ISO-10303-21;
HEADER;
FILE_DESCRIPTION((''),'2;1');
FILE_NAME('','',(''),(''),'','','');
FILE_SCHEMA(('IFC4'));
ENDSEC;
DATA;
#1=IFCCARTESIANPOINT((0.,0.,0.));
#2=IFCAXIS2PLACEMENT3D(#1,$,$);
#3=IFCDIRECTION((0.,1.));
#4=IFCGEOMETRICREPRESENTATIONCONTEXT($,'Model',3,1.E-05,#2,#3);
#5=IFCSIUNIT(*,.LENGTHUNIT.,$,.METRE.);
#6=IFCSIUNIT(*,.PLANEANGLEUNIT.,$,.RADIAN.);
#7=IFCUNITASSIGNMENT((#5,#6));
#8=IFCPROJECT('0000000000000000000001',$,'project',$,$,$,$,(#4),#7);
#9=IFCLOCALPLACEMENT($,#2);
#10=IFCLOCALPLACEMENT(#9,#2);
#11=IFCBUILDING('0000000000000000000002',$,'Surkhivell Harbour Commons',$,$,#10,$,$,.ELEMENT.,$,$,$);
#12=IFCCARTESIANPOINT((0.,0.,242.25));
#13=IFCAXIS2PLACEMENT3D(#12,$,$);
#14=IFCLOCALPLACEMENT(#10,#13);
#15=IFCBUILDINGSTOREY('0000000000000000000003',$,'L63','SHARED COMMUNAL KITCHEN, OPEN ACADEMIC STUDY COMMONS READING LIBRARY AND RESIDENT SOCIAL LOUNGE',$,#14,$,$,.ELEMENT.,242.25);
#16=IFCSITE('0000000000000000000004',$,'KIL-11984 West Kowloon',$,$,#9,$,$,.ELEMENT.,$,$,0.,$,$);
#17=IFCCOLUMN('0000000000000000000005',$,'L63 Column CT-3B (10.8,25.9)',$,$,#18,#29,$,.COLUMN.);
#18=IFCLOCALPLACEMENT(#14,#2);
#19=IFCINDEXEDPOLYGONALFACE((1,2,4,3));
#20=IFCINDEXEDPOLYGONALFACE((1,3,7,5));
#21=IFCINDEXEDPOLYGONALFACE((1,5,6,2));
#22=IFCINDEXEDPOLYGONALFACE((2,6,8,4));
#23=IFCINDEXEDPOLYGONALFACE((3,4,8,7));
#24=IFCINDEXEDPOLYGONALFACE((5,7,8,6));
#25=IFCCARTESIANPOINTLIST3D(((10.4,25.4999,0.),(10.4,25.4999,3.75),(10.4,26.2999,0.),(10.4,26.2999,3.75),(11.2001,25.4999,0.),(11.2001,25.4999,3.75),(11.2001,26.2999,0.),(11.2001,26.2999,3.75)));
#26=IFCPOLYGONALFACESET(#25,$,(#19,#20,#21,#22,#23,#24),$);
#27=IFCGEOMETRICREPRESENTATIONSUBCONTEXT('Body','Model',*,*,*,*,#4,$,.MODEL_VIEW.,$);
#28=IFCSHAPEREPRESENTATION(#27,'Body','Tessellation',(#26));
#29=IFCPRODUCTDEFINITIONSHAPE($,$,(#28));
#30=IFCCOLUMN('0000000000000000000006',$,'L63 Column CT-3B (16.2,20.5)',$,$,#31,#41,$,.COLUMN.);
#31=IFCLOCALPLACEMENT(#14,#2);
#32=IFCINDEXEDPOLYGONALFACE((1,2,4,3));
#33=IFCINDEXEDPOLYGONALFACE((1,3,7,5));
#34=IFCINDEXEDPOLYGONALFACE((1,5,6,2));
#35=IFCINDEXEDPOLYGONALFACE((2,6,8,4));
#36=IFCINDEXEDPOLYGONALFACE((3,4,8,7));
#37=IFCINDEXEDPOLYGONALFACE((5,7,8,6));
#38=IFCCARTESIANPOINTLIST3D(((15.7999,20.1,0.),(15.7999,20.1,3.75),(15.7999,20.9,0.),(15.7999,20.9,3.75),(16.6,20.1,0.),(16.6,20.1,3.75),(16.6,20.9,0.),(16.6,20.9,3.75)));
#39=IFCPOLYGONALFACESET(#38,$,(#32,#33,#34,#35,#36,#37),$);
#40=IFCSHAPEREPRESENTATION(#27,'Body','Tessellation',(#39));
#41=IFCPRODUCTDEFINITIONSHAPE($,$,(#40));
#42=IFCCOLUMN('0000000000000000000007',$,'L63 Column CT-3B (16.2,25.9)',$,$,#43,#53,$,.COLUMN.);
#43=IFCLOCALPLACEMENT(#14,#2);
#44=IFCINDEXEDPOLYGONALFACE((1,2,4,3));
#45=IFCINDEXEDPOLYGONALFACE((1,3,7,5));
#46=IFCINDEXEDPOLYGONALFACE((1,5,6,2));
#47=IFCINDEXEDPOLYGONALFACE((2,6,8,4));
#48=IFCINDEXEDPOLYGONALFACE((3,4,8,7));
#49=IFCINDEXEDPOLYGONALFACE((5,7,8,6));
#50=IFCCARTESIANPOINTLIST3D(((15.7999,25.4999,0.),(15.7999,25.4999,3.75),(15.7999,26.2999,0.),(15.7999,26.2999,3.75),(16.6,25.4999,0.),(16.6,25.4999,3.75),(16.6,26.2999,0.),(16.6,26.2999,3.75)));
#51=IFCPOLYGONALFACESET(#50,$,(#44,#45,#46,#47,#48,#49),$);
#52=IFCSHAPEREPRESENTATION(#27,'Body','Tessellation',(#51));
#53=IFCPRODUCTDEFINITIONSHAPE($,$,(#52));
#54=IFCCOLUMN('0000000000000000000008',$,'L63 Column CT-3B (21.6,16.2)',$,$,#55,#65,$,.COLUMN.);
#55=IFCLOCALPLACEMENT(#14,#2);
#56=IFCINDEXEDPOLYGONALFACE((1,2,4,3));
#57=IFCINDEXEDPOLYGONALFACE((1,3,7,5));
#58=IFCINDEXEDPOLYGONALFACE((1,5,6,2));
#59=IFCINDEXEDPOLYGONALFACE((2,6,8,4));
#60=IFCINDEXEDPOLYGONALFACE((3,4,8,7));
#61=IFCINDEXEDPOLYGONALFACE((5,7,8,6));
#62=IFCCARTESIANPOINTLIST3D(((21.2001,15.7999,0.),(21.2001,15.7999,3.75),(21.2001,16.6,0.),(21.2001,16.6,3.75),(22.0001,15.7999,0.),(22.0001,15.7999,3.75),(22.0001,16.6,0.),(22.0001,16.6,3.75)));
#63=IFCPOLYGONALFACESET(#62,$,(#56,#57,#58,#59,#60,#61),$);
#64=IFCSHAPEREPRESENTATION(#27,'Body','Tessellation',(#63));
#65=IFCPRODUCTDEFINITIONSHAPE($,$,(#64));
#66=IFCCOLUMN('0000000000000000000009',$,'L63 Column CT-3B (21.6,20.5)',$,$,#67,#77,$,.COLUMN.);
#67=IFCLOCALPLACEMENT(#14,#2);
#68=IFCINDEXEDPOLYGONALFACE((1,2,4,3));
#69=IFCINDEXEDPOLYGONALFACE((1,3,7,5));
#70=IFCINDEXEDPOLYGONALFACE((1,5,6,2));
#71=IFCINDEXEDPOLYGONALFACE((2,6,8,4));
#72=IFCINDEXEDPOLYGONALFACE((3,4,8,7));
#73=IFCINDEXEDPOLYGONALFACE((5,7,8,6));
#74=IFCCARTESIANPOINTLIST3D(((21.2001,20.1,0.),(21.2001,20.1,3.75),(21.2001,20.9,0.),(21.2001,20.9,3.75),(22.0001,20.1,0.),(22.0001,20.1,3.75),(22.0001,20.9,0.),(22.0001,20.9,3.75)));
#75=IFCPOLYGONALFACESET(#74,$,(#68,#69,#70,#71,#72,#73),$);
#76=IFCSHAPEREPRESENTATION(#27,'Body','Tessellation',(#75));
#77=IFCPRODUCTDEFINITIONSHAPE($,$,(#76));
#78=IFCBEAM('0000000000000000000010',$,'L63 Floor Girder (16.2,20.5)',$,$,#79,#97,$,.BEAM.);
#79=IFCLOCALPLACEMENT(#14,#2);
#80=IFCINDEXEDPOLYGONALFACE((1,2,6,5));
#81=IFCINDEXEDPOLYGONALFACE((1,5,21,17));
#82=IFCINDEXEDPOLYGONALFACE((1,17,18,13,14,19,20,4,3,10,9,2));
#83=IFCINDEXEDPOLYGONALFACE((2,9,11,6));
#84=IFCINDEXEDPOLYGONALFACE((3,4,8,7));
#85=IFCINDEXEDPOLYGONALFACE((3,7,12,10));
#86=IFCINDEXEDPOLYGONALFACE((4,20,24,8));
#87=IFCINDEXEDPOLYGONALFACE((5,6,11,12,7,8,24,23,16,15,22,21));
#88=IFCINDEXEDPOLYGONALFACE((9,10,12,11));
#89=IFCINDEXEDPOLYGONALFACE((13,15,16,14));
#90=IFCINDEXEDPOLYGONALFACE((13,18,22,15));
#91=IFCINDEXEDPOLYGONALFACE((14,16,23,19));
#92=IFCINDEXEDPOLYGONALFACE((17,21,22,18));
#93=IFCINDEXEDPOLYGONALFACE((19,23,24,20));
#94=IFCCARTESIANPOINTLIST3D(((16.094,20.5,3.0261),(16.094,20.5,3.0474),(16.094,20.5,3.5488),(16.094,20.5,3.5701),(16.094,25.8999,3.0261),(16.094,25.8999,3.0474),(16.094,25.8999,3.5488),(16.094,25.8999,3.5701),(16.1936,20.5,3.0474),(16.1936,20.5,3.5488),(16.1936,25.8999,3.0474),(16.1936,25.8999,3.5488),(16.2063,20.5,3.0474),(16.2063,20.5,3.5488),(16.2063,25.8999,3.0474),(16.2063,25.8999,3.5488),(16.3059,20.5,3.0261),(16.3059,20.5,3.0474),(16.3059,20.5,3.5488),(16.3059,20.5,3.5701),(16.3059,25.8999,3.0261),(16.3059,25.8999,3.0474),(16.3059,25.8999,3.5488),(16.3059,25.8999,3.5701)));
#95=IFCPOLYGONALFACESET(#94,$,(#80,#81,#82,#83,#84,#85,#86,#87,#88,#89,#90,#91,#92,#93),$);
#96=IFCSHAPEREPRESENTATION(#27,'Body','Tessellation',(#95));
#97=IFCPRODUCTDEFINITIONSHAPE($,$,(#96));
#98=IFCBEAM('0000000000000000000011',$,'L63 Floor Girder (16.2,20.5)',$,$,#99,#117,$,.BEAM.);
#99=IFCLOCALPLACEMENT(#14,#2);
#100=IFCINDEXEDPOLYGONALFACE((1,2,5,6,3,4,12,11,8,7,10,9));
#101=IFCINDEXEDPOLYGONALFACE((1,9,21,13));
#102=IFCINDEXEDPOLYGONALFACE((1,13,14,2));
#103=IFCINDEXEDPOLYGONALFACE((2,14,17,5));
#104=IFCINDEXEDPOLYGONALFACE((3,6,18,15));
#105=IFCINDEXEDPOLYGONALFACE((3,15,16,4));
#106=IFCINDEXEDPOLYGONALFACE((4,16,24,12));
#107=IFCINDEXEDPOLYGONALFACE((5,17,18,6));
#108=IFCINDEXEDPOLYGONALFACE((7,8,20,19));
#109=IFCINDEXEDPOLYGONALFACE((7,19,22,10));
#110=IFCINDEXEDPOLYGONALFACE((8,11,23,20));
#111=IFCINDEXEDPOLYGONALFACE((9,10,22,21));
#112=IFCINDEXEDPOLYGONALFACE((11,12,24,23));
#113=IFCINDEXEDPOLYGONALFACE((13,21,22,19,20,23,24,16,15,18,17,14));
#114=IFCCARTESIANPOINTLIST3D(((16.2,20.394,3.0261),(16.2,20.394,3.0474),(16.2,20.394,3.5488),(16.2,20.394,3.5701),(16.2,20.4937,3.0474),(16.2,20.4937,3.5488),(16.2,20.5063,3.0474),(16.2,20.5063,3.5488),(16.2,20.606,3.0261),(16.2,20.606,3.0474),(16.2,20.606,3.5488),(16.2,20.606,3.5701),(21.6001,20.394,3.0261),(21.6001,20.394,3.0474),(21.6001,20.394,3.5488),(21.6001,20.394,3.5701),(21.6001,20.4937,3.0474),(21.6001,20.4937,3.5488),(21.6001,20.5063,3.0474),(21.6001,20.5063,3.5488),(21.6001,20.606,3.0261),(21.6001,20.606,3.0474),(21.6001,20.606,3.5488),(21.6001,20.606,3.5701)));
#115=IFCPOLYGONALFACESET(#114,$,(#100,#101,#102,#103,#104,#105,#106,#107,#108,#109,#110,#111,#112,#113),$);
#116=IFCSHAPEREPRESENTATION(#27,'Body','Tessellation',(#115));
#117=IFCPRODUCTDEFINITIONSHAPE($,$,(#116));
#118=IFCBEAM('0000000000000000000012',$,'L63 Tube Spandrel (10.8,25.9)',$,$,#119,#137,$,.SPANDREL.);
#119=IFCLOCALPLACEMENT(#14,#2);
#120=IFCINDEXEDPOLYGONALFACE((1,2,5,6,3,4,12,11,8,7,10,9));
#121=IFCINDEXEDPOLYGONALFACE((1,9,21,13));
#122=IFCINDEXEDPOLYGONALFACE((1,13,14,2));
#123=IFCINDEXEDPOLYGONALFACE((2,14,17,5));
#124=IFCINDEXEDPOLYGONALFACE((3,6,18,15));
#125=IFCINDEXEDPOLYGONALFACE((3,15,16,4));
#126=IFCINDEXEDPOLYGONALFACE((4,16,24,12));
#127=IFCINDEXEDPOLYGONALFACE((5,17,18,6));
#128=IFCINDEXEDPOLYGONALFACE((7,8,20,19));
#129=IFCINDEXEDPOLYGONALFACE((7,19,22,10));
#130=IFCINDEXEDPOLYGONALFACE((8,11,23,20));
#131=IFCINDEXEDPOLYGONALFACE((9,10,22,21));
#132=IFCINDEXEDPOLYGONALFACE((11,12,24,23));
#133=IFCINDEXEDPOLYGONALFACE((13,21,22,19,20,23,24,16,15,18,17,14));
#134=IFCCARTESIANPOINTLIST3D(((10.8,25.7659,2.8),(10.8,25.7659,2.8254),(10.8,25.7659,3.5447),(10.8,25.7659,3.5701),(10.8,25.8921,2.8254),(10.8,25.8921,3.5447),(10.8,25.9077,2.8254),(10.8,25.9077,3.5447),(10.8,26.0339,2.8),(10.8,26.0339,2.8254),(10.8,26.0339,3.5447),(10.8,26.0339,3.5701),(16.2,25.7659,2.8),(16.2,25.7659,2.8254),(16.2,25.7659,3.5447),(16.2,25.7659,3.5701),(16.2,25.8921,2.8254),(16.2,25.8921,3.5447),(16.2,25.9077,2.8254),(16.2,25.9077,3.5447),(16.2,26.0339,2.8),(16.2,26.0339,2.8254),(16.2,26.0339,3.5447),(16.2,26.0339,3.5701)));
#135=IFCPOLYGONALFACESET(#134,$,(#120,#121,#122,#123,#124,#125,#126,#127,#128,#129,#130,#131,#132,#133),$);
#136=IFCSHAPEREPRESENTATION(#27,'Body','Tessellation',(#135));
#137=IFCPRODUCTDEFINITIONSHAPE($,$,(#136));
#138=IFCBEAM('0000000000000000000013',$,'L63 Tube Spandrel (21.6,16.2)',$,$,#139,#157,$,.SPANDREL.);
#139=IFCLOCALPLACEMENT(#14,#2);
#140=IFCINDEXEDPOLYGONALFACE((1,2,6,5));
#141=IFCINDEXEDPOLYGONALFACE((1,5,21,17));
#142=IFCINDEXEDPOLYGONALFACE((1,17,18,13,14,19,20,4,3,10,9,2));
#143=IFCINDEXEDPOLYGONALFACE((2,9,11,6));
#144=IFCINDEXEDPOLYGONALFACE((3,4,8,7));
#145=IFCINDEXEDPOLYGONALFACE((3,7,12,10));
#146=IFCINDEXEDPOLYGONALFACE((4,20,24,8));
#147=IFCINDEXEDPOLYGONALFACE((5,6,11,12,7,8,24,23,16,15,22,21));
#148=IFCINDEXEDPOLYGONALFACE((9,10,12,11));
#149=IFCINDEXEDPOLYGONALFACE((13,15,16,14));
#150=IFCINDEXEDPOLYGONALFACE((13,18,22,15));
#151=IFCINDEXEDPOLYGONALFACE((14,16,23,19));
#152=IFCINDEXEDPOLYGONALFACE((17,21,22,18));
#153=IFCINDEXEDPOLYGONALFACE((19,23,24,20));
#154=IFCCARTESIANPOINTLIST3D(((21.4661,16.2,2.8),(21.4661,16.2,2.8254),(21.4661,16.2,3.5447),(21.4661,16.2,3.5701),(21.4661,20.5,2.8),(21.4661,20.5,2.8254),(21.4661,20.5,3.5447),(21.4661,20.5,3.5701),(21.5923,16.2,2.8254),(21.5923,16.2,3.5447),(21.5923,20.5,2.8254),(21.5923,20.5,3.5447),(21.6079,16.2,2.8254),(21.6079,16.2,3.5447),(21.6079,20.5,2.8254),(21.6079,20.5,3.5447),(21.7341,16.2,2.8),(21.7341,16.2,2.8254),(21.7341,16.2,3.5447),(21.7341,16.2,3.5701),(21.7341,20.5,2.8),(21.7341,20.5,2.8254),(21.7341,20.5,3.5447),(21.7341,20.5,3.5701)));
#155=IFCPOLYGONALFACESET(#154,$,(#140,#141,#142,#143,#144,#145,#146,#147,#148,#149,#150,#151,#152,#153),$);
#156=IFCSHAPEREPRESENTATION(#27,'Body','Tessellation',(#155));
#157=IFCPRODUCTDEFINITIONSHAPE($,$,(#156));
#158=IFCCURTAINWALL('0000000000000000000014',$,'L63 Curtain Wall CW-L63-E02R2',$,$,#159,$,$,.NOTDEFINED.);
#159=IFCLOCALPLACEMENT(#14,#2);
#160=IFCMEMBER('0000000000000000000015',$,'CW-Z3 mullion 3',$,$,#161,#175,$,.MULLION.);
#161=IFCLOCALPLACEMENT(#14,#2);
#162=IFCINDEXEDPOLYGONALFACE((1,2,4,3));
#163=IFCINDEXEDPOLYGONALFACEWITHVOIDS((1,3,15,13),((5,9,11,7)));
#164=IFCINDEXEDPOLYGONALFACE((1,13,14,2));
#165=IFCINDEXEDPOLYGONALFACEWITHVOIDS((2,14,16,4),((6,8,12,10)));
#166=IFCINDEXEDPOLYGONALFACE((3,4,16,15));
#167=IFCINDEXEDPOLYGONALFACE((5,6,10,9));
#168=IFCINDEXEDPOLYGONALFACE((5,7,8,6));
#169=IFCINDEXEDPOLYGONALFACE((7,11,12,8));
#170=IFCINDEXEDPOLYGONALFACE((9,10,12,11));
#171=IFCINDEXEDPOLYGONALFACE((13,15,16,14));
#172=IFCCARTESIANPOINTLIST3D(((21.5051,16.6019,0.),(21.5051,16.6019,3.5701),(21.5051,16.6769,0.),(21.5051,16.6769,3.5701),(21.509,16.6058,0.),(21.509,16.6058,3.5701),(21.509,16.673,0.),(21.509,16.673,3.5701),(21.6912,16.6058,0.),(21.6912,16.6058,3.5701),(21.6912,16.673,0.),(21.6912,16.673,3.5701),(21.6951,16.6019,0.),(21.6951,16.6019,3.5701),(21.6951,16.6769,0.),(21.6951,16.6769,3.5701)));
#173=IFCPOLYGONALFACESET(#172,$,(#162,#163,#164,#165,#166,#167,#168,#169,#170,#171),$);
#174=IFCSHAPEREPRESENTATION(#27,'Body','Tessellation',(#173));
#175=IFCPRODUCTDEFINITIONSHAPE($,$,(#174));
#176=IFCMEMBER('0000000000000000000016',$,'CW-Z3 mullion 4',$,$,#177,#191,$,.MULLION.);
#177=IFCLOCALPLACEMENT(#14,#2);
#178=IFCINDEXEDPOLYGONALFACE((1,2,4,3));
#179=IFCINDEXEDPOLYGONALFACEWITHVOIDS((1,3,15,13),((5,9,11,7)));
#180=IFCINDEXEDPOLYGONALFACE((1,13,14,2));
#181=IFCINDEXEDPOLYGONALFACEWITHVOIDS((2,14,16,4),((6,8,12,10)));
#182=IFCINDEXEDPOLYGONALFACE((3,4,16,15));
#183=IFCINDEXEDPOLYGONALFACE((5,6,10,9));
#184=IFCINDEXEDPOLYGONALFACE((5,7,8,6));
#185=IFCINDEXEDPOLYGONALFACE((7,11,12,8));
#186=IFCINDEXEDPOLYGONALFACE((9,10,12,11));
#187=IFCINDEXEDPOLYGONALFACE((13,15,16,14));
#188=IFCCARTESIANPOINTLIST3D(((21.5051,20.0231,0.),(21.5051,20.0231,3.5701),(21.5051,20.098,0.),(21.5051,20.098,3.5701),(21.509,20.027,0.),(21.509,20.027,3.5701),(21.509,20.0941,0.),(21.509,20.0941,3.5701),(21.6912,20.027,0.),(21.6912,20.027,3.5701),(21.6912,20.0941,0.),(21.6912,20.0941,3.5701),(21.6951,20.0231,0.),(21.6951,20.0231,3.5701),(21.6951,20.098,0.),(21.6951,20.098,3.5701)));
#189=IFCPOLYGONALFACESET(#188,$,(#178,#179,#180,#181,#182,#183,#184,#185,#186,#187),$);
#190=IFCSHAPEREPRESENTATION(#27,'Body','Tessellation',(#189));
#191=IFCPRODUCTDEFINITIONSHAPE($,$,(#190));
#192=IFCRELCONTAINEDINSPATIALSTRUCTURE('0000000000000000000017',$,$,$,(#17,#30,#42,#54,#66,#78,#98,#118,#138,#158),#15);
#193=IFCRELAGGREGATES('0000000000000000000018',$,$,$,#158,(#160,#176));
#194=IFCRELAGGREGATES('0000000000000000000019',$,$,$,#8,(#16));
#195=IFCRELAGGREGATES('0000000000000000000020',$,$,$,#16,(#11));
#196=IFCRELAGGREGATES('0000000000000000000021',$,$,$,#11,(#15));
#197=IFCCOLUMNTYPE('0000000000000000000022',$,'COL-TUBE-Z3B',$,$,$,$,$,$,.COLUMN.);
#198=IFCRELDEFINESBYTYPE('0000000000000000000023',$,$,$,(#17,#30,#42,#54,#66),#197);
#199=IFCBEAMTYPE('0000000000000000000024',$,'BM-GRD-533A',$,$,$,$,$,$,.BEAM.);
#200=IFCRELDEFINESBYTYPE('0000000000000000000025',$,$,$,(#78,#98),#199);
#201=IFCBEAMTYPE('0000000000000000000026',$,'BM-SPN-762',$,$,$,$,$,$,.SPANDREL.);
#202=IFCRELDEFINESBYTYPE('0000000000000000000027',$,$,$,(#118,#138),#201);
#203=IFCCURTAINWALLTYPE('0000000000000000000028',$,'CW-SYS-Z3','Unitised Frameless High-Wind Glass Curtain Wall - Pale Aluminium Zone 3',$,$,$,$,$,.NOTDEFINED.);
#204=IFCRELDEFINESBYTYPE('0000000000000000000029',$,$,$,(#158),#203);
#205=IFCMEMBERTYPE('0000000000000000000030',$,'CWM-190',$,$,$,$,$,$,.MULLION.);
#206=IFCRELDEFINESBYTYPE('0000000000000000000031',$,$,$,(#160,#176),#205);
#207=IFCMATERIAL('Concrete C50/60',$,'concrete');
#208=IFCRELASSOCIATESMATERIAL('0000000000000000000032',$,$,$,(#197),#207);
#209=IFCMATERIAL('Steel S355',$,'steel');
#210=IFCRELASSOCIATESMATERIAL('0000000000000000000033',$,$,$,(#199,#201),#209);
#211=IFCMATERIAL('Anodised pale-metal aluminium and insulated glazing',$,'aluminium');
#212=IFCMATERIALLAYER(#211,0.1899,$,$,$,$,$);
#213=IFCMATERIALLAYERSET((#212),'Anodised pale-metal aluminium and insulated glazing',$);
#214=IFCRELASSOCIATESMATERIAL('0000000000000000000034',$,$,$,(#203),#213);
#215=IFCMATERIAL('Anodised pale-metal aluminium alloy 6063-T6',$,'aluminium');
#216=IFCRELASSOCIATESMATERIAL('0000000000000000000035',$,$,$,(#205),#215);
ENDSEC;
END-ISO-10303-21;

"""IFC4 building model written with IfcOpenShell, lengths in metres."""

from ifc_helpers import new_model, si_unit, direction, frame, origin, origin_2d, place, context, subcontext, project, spatial, rectangle, hollow_rectangle, i_section, extrude, material, layer, layer_set, material_profile, profile_set, type_object, element, aggregate, save


model = new_model("IFC4")

# Units and contexts
model_context = context("Model", 3, precision=1e-05, world=origin(), true_north=direction((0.0, 1.0)))
body_context = subcontext(model_context, "Body", "Model", "MODEL_VIEW")
ifc_project = project(units=[si_unit("LENGTHUNIT", "METRE"), si_unit("PLANEANGLEUNIT", "RADIAN")], contexts=[model_context])

# Site, building, storey
site_placement = place(None, origin())
site = spatial("IfcSite", under=ifc_project, at=site_placement, Name="KIL-11984 West Kowloon", CompositionType="ELEMENT", RefElevation=0.0)
building_placement = place(site_placement, origin())
building = spatial("IfcBuilding", under=site, at=building_placement, Name="Surkhivell Harbour Commons", CompositionType="ELEMENT")
storey_placement = place(building_placement, frame((0.0, 0.0, 242.25)))
storey = spatial("IfcBuildingStorey", under=building, at=storey_placement, Name="L63", Description="SHARED COMMUNAL KITCHEN, OPEN ACADEMIC STUDY COMMONS READING LIBRARY AND RESIDENT SOCIAL LOUNGE", CompositionType="ELEMENT", Elevation=242.25)

# Columns
ifc_material_1 = material(Name="Concrete C50/60", Category="concrete")
ifc_material_profile_1 = material_profile(ifc_material_1, rectangle(XDim=0.8, YDim=0.8, at=origin_2d()), Name="RC-COL-800x800")
ifc_profile_set_1 = profile_set([ifc_material_profile_1], Name="Concrete C50/60")
column_type = type_object("IfcColumnType", Name="COL-TUBE-Z3B", PredefinedType="COLUMN", material=ifc_profile_set_1)
for number, where, z_axis, x_axis, name in (
    (1, (10.8, 25.8999, 0.0), (0.0, 0.0, 1.0), (1.0, 0.0, 0.0), "L63 Column CT-3B (10.8,25.9)"),
    (2, (16.2, 20.5, 0.0), (0.0, 0.0, 1.0), (1.0, 0.0, 0.0), "L63 Column CT-3B (16.2,20.5)"),
    (3, (16.2, 25.8999, 0.0), (0.0, 0.0, 1.0), (1.0, 0.0, 0.0), "L63 Column CT-3B (16.2,25.9)"),
    (4, (21.6001, 16.2, 0.0), (0.0, 0.0, 1.0), (1.0, 0.0, 0.0), "L63 Column CT-3B (21.6,16.2)"),
    (5, (21.6001, 20.5, 0.0), (0.0, 0.0, 1.0), (1.0, 0.0, 0.0), "L63 Column CT-3B (21.6,20.5)"),
):
    element("IfcColumn", number, at=place(storey_placement, frame(where, z_axis=z_axis, x_axis=x_axis)), inside=storey, type_object=column_type, Name=name, PredefinedType="COLUMN", context=body_context, shape_type="SweptSolid", body=[
        extrude(rectangle(XDim=0.8, YDim=0.8, at=origin_2d()), origin(), (0.0, 0.0, 1.0), 3.75),
    ])

# Beams
ifc_material_2 = material(Name="Steel S355", Category="steel")
ifc_material_profile_2 = material_profile(ifc_material_2, i_section(OverallWidth=0.2119, OverallDepth=0.5439, WebThickness=0.0127, FlangeThickness=0.0212, at=origin_2d()), Name="UB533x210x122")
ifc_profile_set_2 = profile_set([ifc_material_profile_2], Name="Steel S355")
beam_type_1 = type_object("IfcBeamType", Name="BM-GRD-533A", PredefinedType="BEAM", material=ifc_profile_set_2)
beam_1_placement = place(storey_placement, frame((16.2, 20.5, 3.2981), z_axis=(0.0, 1.0, 0.0), x_axis=(-1.0, 0.0, 0.0)))
element("IfcBeam", 6, at=beam_1_placement, inside=storey, type_object=beam_type_1, Name="L63 Floor Girder (16.2,20.5)", PredefinedType="BEAM", context=body_context, shape_type="SweptSolid", body=[
    extrude(i_section(OverallWidth=0.2119, OverallDepth=0.5439, WebThickness=0.0127, FlangeThickness=0.0212, at=origin_2d()), origin(), (0.0, 0.0, 1.0), 5.3999),
])
beam_2_placement = place(storey_placement, frame((16.2, 20.5, 3.2981), z_axis=(1.0, 0.0, 0.0), x_axis=(0.0, 1.0, 0.0)))
element("IfcBeam", 7, at=beam_2_placement, inside=storey, type_object=beam_type_1, Name="L63 Floor Girder (16.2,20.5)", PredefinedType="BEAM", context=body_context, shape_type="SweptSolid", body=[
    extrude(i_section(OverallWidth=0.2119, OverallDepth=0.5439, WebThickness=0.0127, FlangeThickness=0.0212, at=origin_2d()), origin(), (0.0, 0.0, 1.0), 5.4001),
])
ifc_material_profile_3 = material_profile(ifc_material_2, i_section(OverallWidth=0.2681, OverallDepth=0.77, WebThickness=0.0156, FlangeThickness=0.0254, at=origin_2d()), Name="UB762x267x197")
ifc_profile_set_3 = profile_set([ifc_material_profile_3], Name="Steel S355")
beam_type_2 = type_object("IfcBeamType", Name="BM-SPN-762", PredefinedType="SPANDREL", material=ifc_profile_set_3)
beam_3_placement = place(storey_placement, frame((10.8, 25.8999, 3.1851), z_axis=(1.0, 0.0, 0.0), x_axis=(0.0, 1.0, 0.0)))
element("IfcBeam", 8, at=beam_3_placement, inside=storey, type_object=beam_type_2, Name="L63 Tube Spandrel (10.8,25.9)", PredefinedType="SPANDREL", context=body_context, shape_type="SweptSolid", body=[
    extrude(i_section(OverallWidth=0.2681, OverallDepth=0.77, WebThickness=0.0156, FlangeThickness=0.0254, at=origin_2d()), origin(), (0.0, 0.0, 1.0), 5.3999),
])
beam_4_placement = place(storey_placement, frame((21.6001, 16.2, 3.1851), z_axis=(0.0, 1.0, 0.0), x_axis=(-1.0, 0.0, 0.0)))
element("IfcBeam", 9, at=beam_4_placement, inside=storey, type_object=beam_type_2, Name="L63 Tube Spandrel (21.6,16.2)", PredefinedType="SPANDREL", context=body_context, shape_type="SweptSolid", body=[
    extrude(i_section(OverallWidth=0.2681, OverallDepth=0.77, WebThickness=0.0156, FlangeThickness=0.0254, at=origin_2d()), origin(), (0.0, 0.0, 1.0), 4.3),
])

# Curtain wall, members
ifc_material_3 = material(Name="Anodised pale-metal aluminium and insulated glazing", Category="aluminium")
ifc_layer_1 = layer(ifc_material_3, 0.1899)
ifc_layer_set_1 = layer_set([ifc_layer_1], Name="Anodised pale-metal aluminium and insulated glazing")
curtain_wall_type = type_object("IfcCurtainWallType", Name="CW-SYS-Z3", Description="Unitised Frameless High-Wind Glass Curtain Wall - Pale Aluminium Zone 3", PredefinedType="NOTDEFINED", material=ifc_layer_set_1)
curtain_wall_1_placement = place(storey_placement, origin())
curtain_wall_1 = element("IfcCurtainWall", 10, at=curtain_wall_1_placement, inside=storey, type_object=curtain_wall_type, Name="L63 Curtain Wall CW-L63-E02R2", PredefinedType="NOTDEFINED")
ifc_material_4 = material(Name="Anodised pale-metal aluminium alloy 6063-T6", Category="aluminium")
ifc_material_profile_4 = material_profile(ifc_material_4, hollow_rectangle(XDim=0.075, YDim=0.1899, WallThickness=0.0039, at=origin_2d()), Name="ALU-MULL-75x190")
ifc_profile_set_4 = profile_set([ifc_material_profile_4], Name="Anodised pale-metal aluminium alloy 6063-T6")
member_type_1 = type_object("IfcMemberType", Name="CWM-190", PredefinedType="MULLION", material=ifc_profile_set_4)
member_1_placement = place(storey_placement, frame((21.6001, 16.6394, 0.0), z_axis=(0.0, 0.0, 1.0), x_axis=(0.0, 1.0, 0.0)))
member_1 = element("IfcMember", 11, at=member_1_placement, type_object=member_type_1, Name="CW-Z3 mullion 3", PredefinedType="MULLION", context=body_context, shape_type="SweptSolid", body=[
    extrude(hollow_rectangle(XDim=0.075, YDim=0.1899, WallThickness=0.0039, at=origin_2d()), origin(), (0.0, 0.0, 1.0), 3.5701),
])
member_2_placement = place(storey_placement, frame((21.6001, 20.0605, 0.0), z_axis=(0.0, 0.0, 1.0), x_axis=(0.0, 1.0, 0.0)))
member_2 = element("IfcMember", 12, at=member_2_placement, type_object=member_type_1, Name="CW-Z3 mullion 4", PredefinedType="MULLION", context=body_context, shape_type="SweptSolid", body=[
    extrude(hollow_rectangle(XDim=0.075, YDim=0.1899, WallThickness=0.0039, at=origin_2d()), origin(), (0.0, 0.0, 1.0), 3.5701),
])

aggregate(curtain_wall_1, [member_1, member_2])

save(model, "model.ifc")
